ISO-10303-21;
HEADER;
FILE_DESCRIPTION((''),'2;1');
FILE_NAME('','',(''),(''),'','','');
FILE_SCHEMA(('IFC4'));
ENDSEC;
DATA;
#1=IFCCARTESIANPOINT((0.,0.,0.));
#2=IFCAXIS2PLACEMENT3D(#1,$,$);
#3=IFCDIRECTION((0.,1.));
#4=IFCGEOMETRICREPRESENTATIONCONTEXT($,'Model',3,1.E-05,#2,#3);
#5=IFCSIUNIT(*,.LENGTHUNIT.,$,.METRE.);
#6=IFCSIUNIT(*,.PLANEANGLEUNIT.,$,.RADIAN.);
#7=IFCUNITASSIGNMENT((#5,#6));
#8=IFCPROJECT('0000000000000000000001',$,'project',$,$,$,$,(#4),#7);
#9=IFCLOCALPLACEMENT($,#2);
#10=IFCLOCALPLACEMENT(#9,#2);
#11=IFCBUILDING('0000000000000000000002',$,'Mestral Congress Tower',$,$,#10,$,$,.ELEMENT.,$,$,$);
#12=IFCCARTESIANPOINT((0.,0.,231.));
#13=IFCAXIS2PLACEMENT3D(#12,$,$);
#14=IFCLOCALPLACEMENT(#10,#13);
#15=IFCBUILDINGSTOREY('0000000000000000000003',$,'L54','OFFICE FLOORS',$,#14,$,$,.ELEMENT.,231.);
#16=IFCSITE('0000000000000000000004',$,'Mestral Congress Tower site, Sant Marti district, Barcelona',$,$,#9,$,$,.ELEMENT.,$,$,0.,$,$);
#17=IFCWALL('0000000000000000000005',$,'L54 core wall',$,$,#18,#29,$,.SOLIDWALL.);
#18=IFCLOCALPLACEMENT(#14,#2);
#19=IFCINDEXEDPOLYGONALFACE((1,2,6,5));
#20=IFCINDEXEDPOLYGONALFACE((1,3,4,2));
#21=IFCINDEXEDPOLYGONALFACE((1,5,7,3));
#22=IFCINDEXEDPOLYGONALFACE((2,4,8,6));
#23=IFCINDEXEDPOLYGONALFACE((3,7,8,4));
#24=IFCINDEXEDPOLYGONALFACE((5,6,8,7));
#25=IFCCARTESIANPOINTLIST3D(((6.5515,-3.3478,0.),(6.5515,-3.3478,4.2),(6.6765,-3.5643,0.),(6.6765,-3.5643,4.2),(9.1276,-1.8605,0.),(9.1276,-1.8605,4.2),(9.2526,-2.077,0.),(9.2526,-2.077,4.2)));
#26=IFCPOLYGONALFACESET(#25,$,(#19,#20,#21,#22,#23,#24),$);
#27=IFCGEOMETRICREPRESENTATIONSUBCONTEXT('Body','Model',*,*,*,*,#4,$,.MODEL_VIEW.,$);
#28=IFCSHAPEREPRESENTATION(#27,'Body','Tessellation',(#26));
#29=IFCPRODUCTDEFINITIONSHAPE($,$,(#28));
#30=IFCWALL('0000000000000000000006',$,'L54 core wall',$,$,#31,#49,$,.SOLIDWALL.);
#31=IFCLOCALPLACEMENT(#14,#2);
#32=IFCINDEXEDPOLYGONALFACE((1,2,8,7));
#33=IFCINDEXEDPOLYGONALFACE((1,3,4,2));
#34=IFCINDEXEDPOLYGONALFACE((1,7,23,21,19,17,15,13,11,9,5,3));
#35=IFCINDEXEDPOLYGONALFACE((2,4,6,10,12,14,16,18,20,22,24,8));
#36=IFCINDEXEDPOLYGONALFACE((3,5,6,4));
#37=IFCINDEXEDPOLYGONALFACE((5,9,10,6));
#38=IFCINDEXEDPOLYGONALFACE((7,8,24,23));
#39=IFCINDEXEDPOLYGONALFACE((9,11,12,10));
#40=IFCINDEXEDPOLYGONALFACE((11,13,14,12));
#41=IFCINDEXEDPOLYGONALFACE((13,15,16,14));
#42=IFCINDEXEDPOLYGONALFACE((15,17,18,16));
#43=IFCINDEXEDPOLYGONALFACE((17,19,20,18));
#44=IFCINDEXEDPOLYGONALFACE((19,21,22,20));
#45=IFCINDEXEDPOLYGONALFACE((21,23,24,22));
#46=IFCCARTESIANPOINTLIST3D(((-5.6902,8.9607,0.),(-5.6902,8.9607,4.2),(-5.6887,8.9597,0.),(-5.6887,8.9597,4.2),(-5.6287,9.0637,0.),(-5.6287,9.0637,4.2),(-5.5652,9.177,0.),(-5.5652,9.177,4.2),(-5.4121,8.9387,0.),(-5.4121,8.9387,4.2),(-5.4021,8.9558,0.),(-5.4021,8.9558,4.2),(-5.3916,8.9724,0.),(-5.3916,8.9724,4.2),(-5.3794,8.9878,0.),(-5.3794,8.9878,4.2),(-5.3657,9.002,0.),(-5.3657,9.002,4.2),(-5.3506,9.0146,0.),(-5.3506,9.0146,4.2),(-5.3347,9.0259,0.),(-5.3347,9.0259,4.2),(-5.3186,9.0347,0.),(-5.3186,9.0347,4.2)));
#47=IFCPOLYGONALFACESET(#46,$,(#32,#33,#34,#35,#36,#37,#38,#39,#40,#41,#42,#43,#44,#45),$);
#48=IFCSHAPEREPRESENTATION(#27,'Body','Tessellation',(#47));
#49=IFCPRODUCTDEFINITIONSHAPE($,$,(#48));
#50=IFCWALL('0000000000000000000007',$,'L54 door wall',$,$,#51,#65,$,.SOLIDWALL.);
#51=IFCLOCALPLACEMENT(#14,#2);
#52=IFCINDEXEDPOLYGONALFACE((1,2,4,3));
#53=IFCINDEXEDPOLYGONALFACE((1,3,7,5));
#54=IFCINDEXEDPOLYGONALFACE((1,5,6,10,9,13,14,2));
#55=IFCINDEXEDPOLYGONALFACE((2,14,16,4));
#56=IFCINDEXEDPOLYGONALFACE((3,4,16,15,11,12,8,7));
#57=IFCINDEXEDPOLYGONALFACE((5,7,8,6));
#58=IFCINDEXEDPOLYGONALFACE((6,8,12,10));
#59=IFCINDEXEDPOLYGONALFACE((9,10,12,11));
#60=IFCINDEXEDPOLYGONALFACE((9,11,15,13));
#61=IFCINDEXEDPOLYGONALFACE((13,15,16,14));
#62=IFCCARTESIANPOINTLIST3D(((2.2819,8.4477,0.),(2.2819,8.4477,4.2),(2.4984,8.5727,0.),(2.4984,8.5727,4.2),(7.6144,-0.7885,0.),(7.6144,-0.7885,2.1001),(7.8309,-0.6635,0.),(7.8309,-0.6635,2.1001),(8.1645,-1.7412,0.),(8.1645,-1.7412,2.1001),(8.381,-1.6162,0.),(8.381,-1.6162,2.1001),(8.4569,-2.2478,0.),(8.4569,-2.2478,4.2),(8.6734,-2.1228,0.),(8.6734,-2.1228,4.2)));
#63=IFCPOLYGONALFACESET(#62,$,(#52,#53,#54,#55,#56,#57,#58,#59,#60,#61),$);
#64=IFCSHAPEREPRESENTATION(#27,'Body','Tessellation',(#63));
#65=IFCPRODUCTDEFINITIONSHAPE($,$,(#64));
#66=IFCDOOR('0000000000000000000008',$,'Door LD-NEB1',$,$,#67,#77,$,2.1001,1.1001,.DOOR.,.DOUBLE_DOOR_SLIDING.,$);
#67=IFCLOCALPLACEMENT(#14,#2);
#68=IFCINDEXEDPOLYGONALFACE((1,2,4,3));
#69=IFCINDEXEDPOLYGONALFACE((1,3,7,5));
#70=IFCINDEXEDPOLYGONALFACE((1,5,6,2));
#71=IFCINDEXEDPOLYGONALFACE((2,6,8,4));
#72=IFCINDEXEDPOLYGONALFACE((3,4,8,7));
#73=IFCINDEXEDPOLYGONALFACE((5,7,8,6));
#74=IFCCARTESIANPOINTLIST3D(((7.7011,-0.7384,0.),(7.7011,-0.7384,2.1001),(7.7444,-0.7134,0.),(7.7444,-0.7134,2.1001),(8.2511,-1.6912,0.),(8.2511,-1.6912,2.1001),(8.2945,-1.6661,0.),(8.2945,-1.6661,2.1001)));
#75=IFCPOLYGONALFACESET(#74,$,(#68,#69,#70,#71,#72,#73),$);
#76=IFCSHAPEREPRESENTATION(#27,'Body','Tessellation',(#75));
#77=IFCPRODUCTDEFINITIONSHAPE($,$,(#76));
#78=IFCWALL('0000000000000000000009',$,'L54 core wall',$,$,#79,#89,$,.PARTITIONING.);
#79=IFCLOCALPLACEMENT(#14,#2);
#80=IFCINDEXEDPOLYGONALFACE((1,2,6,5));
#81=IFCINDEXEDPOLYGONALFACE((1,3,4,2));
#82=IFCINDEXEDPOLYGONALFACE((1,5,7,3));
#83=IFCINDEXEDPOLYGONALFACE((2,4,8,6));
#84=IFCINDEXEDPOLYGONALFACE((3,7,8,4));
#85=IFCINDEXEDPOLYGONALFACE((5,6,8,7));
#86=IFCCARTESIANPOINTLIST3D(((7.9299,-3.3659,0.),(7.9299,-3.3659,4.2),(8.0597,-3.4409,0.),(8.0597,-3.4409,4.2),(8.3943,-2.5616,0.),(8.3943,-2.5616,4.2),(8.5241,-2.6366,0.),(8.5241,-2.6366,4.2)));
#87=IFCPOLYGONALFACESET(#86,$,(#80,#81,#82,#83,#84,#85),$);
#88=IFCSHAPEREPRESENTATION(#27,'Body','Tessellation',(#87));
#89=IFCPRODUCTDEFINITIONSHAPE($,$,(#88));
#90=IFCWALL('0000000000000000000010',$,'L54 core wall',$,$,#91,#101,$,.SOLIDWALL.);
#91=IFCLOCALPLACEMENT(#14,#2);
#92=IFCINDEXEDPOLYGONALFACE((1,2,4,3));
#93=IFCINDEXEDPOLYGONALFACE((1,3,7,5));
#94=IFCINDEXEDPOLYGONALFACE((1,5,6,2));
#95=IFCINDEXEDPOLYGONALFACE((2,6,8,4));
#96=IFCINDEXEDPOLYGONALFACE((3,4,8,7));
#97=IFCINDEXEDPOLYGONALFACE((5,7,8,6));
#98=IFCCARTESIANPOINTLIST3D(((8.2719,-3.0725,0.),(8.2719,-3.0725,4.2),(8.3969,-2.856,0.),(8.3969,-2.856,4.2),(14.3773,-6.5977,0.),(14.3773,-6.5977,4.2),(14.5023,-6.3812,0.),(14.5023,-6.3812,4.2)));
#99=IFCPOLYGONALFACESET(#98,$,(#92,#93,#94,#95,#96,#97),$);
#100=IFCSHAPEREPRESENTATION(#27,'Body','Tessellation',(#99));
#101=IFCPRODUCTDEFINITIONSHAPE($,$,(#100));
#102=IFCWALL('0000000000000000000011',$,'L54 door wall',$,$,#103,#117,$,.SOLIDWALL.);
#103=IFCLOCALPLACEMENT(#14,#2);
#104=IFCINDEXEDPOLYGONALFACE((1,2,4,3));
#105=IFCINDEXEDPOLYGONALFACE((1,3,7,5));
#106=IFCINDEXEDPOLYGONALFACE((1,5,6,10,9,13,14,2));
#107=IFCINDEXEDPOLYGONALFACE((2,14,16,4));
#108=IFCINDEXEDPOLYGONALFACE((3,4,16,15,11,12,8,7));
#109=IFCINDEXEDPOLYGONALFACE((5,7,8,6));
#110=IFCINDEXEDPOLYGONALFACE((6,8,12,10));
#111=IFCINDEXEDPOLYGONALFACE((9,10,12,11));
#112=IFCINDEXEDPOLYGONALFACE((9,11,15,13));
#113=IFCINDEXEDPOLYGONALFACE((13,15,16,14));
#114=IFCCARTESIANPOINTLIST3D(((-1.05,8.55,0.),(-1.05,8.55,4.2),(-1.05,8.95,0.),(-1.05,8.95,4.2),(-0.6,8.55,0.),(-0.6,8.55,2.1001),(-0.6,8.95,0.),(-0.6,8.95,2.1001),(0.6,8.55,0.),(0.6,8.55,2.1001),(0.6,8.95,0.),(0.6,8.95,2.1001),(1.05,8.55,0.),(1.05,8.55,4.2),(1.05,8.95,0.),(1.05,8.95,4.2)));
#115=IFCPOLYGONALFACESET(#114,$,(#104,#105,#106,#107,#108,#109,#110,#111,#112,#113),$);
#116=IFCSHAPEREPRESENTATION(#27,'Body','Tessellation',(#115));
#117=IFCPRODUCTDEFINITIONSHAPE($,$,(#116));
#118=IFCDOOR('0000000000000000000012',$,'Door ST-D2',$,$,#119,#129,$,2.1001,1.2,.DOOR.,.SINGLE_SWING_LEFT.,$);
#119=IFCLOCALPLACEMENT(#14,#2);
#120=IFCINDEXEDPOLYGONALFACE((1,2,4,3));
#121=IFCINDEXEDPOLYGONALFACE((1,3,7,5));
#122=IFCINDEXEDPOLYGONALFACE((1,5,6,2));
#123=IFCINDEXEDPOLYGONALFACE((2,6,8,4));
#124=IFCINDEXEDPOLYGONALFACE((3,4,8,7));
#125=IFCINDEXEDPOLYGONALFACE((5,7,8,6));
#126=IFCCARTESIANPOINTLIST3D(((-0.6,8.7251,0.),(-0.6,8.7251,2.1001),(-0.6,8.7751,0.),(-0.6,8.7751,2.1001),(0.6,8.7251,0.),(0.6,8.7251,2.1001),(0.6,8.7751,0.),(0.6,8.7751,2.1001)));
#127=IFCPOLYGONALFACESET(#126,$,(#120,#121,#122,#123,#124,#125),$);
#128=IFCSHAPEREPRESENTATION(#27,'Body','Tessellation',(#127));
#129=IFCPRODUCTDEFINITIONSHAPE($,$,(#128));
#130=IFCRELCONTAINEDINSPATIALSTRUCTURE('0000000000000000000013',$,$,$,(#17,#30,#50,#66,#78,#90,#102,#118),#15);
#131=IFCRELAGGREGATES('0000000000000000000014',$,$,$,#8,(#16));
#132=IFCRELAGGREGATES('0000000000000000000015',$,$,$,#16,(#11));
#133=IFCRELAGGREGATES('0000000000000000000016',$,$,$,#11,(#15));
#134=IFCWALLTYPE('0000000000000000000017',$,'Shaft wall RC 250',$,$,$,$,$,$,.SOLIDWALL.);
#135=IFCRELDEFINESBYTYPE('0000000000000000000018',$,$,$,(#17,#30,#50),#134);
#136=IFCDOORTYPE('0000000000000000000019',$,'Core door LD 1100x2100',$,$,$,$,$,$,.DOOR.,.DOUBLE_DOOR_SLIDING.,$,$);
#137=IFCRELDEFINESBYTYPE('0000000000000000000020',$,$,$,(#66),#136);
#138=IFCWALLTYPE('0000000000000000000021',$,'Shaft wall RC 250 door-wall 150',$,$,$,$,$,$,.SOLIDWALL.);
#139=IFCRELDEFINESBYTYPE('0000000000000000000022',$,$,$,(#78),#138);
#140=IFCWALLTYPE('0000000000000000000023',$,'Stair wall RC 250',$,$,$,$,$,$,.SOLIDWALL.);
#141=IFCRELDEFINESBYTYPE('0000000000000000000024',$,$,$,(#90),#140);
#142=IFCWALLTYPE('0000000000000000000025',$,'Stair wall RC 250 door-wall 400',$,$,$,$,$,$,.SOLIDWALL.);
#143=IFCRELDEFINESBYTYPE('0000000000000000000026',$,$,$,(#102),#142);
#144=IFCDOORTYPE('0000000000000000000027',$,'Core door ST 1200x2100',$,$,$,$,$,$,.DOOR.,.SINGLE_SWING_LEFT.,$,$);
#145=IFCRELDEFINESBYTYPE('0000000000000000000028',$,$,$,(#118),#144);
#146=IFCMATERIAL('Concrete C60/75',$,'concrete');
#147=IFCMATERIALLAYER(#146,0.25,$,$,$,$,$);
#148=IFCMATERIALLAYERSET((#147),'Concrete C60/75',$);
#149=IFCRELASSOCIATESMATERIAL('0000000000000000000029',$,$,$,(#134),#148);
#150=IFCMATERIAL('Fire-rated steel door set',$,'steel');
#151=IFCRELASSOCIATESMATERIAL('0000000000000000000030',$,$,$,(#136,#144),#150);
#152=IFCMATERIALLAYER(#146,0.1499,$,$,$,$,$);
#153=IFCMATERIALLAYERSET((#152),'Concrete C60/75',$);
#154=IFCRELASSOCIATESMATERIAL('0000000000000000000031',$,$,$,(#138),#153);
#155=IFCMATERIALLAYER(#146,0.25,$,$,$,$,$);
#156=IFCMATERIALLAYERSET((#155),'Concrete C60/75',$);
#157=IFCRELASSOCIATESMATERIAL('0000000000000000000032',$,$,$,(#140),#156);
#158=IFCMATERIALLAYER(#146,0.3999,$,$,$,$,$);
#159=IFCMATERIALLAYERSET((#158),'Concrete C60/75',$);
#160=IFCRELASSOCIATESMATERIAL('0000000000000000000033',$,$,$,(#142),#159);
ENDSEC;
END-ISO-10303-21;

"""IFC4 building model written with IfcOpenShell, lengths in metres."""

from ifc_helpers import new_model, si_unit, direction, frame, frame_2d, origin, place, context, subcontext, project, spatial, polyline, rectangle, outline, extrude, material, layer, layer_set, type_object, element, fill, save


model = new_model("IFC4")

# Units and contexts
model_context = context("Model", 3, precision=1e-05, world=origin(), true_north=direction((0.0, 1.0)))
body_context = subcontext(model_context, "Body", "Model", "MODEL_VIEW")
ifc_project = project(units=[si_unit("LENGTHUNIT", "METRE"), si_unit("PLANEANGLEUNIT", "RADIAN")], contexts=[model_context])

# Site, building, storey
site_placement = place(None, origin())
site = spatial("IfcSite", under=ifc_project, at=site_placement, Name="Mestral Congress Tower site, Sant Marti district, Barcelona", CompositionType="ELEMENT", RefElevation=0.0)
building_placement = place(site_placement, origin())
building = spatial("IfcBuilding", under=site, at=building_placement, Name="Mestral Congress Tower", CompositionType="ELEMENT")
storey_placement = place(building_placement, frame((0.0, 0.0, 231.0)))
storey = spatial("IfcBuildingStorey", under=building, at=storey_placement, Name="L54", Description="OFFICE FLOORS", CompositionType="ELEMENT", Elevation=231.0)

# Shared definitions
ifc_material_1 = material(Name="Concrete C60/75", Category="concrete")

# Shared definitions
ifc_material_2 = material(Name="Fire-rated steel door set", Category="steel")

# Walls
ifc_layer_1 = layer(ifc_material_1, 0.25)
ifc_layer_set_1 = layer_set([ifc_layer_1], Name="Concrete C60/75")
wall_type_1 = type_object("IfcWallType", Name="Shaft wall RC 250", PredefinedType="SOLIDWALL", material=ifc_layer_set_1)
wall_1_placement = place(storey_placement, frame((6.614, -3.4561, 0.0), z_axis=(0.0, 0.0, 1.0), x_axis=(0.866033, 0.499988, 0.0)))
element("IfcWall", 1, at=wall_1_placement, inside=storey, type_object=wall_type_1, Name="L54 core wall", PredefinedType="SOLIDWALL", context=body_context, shape_type="SweptSolid", body=[
    extrude(rectangle(XDim=2.9746, YDim=0.25, at=frame_2d((1.4873, 0.0))), origin(), (0.0, 0.0, 1.0), 4.2),
])
wall_2_placement = place(storey_placement, origin())
element("IfcWall", 2, at=wall_2_placement, inside=storey, type_object=wall_type_1, Name="L54 core wall", PredefinedType="SOLIDWALL", context=body_context, shape_type="SweptSolid", body=[
    extrude(outline(polyline([(-5.6887, 8.9597), (-5.6902, 8.9607), (-5.5652, 9.177), (-5.3186, 9.0347), (-5.3347, 9.0259), (-5.3506, 9.0146), (-5.3657, 9.002), (-5.3794, 8.9878), (-5.3916, 8.9724), (-5.4021, 8.9558), (-5.4121, 8.9387), (-5.6287, 9.0637), (-5.6287, 9.0637), (-5.6887, 8.9597)])), origin(), (0.0, 0.0, 1.0), 4.2),
])

# Wall, opening, door
wall_3_placement = place(storey_placement, frame((8.5652, -2.1853, 0.0), z_axis=(0.0, 0.0, 1.0), x_axis=(-0.499998, 0.866027, 0.0)))
wall_3 = element("IfcWall", 3, at=wall_3_placement, inside=storey, type_object=wall_type_1, Name="L54 door wall", PredefinedType="SOLIDWALL", context=body_context, shape_type="SweptSolid", body=[
    extrude(rectangle(XDim=12.3501, YDim=0.25, at=frame_2d((6.175, 0.0))), origin(), (0.0, 0.0, 1.0), 4.2),
])
opening_1_placement = place(wall_3_placement, frame((0.585, 0.0, 0.0)))
opening_1 = element("IfcOpeningElement", 4, at=opening_1_placement, cuts=wall_3, PredefinedType="OPENING", context=body_context, shape_type="SweptSolid", body=[
    extrude(rectangle(XDim=1.1001, YDim=2.1001, at=frame_2d((0.55, 1.05))), frame((0.0, 0.135, 0.0), z_axis=(0.0, -1.0, 0.0), x_axis=(1.0, 0.0, 0.0)), (0.0, 0.0, 1.0), 0.27),
])
door_type_1 = type_object("IfcDoorType", Name="Core door LD 1100x2100", OperationType="DOUBLE_DOOR_SLIDING", PredefinedType="DOOR", material=ifc_material_2)
door_1_placement = place(opening_1_placement, origin())
door_1 = element("IfcDoor", 5, at=door_1_placement, inside=storey, type_object=door_type_1, Name="Door LD-NEB1", OperationType="DOUBLE_DOOR_SLIDING", OverallHeight=2.1001, OverallWidth=1.1001, PredefinedType="DOOR", context=body_context, shape_type="SweptSolid", body=[
    extrude(rectangle(XDim=1.1001, YDim=2.1001, at=frame_2d((0.55, 1.05))), frame((0.0, 0.0249, 0.0), z_axis=(0.0, -1.0, 0.0), x_axis=(1.0, 0.0, 0.0)), (0.0, 0.0, 1.0), 0.05),
])
fill(opening_1, door_1)

# Walls
ifc_layer_2 = layer(ifc_material_1, 0.1499)
ifc_layer_set_2 = layer_set([ifc_layer_2], Name="Concrete C60/75")
wall_type_2 = type_object("IfcWallType", Name="Shaft wall RC 250 door-wall 150", PredefinedType="SOLIDWALL", material=ifc_layer_set_2)
wall_4_placement = place(storey_placement, frame((8.4592, -2.5991, 0.0), z_axis=(0.0, 0.0, 1.0), x_axis=(-0.500041, -0.866002, 0.0)))
element("IfcWall", 6, at=wall_4_placement, inside=storey, type_object=wall_type_2, Name="L54 core wall", PredefinedType="PARTITIONING", context=body_context, shape_type="SweptSolid", body=[
    extrude(rectangle(XDim=0.9287, YDim=0.1499, at=frame_2d((0.4644, 0.0))), origin(), (0.0, 0.0, 1.0), 4.2),
])
ifc_layer_3 = layer(ifc_material_1, 0.25)
ifc_layer_set_3 = layer_set([ifc_layer_3], Name="Concrete C60/75")
wall_type_3 = type_object("IfcWallType", Name="Stair wall RC 250", PredefinedType="SOLIDWALL", material=ifc_layer_set_3)
wall_5_placement = place(storey_placement, frame((8.3345, -2.9644, 0.0), z_axis=(0.0, 0.0, 1.0), x_axis=(0.866016, -0.500016, 0.0)))
element("IfcWall", 7, at=wall_5_placement, inside=storey, type_object=wall_type_3, Name="L54 core wall", PredefinedType="SOLIDWALL", context=body_context, shape_type="SweptSolid", body=[
    extrude(rectangle(XDim=7.05, YDim=0.25, at=frame_2d((3.5249, 0.0))), origin(), (0.0, 0.0, 1.0), 4.2),
])

# Wall, opening, door
ifc_layer_4 = layer(ifc_material_1, 0.3999)
ifc_layer_set_4 = layer_set([ifc_layer_4], Name="Concrete C60/75")
wall_type_4 = type_object("IfcWallType", Name="Stair wall RC 250 door-wall 400", PredefinedType="SOLIDWALL", material=ifc_layer_set_4)
wall_6_placement = place(storey_placement, frame((1.05, 8.75, 0.0), z_axis=(0.0, 0.0, 1.0), x_axis=(-1.0, 0.0, 0.0)))
wall_6 = element("IfcWall", 8, at=wall_6_placement, inside=storey, type_object=wall_type_4, Name="L54 door wall", PredefinedType="SOLIDWALL", context=body_context, shape_type="SweptSolid", body=[
    extrude(rectangle(XDim=2.1001, YDim=0.3999, at=frame_2d((1.05, 0.0))), origin(), (0.0, 0.0, 1.0), 4.2),
])
opening_2_placement = place(wall_6_placement, frame((0.45, 0.0, 0.0)))
opening_2 = element("IfcOpeningElement", 9, at=opening_2_placement, cuts=wall_6, PredefinedType="OPENING", context=body_context, shape_type="SweptSolid", body=[
    extrude(rectangle(XDim=1.2, YDim=2.1001, at=frame_2d((0.6001, 1.05))), frame((0.0, 0.21, 0.0), z_axis=(0.0, -1.0, 0.0), x_axis=(1.0, 0.0, 0.0)), (0.0, 0.0, 1.0), 0.4199),
])
door_type_2 = type_object("IfcDoorType", Name="Core door ST 1200x2100", OperationType="SINGLE_SWING_LEFT", PredefinedType="DOOR", material=ifc_material_2)
door_2_placement = place(opening_2_placement, origin())
door_2 = element("IfcDoor", 10, at=door_2_placement, inside=storey, type_object=door_type_2, Name="Door ST-D2", OperationType="SINGLE_SWING_LEFT", OverallHeight=2.1001, OverallWidth=1.2, PredefinedType="DOOR", context=body_context, shape_type="SweptSolid", body=[
    extrude(rectangle(XDim=1.2, YDim=2.1001, at=frame_2d((0.6001, 1.05))), frame((0.0, 0.0249, 0.0), z_axis=(0.0, -1.0, 0.0), x_axis=(1.0, 0.0, 0.0)), (0.0, 0.0, 1.0), 0.05),
])
fill(opening_2, door_2)

save(model, "model.ifc")
